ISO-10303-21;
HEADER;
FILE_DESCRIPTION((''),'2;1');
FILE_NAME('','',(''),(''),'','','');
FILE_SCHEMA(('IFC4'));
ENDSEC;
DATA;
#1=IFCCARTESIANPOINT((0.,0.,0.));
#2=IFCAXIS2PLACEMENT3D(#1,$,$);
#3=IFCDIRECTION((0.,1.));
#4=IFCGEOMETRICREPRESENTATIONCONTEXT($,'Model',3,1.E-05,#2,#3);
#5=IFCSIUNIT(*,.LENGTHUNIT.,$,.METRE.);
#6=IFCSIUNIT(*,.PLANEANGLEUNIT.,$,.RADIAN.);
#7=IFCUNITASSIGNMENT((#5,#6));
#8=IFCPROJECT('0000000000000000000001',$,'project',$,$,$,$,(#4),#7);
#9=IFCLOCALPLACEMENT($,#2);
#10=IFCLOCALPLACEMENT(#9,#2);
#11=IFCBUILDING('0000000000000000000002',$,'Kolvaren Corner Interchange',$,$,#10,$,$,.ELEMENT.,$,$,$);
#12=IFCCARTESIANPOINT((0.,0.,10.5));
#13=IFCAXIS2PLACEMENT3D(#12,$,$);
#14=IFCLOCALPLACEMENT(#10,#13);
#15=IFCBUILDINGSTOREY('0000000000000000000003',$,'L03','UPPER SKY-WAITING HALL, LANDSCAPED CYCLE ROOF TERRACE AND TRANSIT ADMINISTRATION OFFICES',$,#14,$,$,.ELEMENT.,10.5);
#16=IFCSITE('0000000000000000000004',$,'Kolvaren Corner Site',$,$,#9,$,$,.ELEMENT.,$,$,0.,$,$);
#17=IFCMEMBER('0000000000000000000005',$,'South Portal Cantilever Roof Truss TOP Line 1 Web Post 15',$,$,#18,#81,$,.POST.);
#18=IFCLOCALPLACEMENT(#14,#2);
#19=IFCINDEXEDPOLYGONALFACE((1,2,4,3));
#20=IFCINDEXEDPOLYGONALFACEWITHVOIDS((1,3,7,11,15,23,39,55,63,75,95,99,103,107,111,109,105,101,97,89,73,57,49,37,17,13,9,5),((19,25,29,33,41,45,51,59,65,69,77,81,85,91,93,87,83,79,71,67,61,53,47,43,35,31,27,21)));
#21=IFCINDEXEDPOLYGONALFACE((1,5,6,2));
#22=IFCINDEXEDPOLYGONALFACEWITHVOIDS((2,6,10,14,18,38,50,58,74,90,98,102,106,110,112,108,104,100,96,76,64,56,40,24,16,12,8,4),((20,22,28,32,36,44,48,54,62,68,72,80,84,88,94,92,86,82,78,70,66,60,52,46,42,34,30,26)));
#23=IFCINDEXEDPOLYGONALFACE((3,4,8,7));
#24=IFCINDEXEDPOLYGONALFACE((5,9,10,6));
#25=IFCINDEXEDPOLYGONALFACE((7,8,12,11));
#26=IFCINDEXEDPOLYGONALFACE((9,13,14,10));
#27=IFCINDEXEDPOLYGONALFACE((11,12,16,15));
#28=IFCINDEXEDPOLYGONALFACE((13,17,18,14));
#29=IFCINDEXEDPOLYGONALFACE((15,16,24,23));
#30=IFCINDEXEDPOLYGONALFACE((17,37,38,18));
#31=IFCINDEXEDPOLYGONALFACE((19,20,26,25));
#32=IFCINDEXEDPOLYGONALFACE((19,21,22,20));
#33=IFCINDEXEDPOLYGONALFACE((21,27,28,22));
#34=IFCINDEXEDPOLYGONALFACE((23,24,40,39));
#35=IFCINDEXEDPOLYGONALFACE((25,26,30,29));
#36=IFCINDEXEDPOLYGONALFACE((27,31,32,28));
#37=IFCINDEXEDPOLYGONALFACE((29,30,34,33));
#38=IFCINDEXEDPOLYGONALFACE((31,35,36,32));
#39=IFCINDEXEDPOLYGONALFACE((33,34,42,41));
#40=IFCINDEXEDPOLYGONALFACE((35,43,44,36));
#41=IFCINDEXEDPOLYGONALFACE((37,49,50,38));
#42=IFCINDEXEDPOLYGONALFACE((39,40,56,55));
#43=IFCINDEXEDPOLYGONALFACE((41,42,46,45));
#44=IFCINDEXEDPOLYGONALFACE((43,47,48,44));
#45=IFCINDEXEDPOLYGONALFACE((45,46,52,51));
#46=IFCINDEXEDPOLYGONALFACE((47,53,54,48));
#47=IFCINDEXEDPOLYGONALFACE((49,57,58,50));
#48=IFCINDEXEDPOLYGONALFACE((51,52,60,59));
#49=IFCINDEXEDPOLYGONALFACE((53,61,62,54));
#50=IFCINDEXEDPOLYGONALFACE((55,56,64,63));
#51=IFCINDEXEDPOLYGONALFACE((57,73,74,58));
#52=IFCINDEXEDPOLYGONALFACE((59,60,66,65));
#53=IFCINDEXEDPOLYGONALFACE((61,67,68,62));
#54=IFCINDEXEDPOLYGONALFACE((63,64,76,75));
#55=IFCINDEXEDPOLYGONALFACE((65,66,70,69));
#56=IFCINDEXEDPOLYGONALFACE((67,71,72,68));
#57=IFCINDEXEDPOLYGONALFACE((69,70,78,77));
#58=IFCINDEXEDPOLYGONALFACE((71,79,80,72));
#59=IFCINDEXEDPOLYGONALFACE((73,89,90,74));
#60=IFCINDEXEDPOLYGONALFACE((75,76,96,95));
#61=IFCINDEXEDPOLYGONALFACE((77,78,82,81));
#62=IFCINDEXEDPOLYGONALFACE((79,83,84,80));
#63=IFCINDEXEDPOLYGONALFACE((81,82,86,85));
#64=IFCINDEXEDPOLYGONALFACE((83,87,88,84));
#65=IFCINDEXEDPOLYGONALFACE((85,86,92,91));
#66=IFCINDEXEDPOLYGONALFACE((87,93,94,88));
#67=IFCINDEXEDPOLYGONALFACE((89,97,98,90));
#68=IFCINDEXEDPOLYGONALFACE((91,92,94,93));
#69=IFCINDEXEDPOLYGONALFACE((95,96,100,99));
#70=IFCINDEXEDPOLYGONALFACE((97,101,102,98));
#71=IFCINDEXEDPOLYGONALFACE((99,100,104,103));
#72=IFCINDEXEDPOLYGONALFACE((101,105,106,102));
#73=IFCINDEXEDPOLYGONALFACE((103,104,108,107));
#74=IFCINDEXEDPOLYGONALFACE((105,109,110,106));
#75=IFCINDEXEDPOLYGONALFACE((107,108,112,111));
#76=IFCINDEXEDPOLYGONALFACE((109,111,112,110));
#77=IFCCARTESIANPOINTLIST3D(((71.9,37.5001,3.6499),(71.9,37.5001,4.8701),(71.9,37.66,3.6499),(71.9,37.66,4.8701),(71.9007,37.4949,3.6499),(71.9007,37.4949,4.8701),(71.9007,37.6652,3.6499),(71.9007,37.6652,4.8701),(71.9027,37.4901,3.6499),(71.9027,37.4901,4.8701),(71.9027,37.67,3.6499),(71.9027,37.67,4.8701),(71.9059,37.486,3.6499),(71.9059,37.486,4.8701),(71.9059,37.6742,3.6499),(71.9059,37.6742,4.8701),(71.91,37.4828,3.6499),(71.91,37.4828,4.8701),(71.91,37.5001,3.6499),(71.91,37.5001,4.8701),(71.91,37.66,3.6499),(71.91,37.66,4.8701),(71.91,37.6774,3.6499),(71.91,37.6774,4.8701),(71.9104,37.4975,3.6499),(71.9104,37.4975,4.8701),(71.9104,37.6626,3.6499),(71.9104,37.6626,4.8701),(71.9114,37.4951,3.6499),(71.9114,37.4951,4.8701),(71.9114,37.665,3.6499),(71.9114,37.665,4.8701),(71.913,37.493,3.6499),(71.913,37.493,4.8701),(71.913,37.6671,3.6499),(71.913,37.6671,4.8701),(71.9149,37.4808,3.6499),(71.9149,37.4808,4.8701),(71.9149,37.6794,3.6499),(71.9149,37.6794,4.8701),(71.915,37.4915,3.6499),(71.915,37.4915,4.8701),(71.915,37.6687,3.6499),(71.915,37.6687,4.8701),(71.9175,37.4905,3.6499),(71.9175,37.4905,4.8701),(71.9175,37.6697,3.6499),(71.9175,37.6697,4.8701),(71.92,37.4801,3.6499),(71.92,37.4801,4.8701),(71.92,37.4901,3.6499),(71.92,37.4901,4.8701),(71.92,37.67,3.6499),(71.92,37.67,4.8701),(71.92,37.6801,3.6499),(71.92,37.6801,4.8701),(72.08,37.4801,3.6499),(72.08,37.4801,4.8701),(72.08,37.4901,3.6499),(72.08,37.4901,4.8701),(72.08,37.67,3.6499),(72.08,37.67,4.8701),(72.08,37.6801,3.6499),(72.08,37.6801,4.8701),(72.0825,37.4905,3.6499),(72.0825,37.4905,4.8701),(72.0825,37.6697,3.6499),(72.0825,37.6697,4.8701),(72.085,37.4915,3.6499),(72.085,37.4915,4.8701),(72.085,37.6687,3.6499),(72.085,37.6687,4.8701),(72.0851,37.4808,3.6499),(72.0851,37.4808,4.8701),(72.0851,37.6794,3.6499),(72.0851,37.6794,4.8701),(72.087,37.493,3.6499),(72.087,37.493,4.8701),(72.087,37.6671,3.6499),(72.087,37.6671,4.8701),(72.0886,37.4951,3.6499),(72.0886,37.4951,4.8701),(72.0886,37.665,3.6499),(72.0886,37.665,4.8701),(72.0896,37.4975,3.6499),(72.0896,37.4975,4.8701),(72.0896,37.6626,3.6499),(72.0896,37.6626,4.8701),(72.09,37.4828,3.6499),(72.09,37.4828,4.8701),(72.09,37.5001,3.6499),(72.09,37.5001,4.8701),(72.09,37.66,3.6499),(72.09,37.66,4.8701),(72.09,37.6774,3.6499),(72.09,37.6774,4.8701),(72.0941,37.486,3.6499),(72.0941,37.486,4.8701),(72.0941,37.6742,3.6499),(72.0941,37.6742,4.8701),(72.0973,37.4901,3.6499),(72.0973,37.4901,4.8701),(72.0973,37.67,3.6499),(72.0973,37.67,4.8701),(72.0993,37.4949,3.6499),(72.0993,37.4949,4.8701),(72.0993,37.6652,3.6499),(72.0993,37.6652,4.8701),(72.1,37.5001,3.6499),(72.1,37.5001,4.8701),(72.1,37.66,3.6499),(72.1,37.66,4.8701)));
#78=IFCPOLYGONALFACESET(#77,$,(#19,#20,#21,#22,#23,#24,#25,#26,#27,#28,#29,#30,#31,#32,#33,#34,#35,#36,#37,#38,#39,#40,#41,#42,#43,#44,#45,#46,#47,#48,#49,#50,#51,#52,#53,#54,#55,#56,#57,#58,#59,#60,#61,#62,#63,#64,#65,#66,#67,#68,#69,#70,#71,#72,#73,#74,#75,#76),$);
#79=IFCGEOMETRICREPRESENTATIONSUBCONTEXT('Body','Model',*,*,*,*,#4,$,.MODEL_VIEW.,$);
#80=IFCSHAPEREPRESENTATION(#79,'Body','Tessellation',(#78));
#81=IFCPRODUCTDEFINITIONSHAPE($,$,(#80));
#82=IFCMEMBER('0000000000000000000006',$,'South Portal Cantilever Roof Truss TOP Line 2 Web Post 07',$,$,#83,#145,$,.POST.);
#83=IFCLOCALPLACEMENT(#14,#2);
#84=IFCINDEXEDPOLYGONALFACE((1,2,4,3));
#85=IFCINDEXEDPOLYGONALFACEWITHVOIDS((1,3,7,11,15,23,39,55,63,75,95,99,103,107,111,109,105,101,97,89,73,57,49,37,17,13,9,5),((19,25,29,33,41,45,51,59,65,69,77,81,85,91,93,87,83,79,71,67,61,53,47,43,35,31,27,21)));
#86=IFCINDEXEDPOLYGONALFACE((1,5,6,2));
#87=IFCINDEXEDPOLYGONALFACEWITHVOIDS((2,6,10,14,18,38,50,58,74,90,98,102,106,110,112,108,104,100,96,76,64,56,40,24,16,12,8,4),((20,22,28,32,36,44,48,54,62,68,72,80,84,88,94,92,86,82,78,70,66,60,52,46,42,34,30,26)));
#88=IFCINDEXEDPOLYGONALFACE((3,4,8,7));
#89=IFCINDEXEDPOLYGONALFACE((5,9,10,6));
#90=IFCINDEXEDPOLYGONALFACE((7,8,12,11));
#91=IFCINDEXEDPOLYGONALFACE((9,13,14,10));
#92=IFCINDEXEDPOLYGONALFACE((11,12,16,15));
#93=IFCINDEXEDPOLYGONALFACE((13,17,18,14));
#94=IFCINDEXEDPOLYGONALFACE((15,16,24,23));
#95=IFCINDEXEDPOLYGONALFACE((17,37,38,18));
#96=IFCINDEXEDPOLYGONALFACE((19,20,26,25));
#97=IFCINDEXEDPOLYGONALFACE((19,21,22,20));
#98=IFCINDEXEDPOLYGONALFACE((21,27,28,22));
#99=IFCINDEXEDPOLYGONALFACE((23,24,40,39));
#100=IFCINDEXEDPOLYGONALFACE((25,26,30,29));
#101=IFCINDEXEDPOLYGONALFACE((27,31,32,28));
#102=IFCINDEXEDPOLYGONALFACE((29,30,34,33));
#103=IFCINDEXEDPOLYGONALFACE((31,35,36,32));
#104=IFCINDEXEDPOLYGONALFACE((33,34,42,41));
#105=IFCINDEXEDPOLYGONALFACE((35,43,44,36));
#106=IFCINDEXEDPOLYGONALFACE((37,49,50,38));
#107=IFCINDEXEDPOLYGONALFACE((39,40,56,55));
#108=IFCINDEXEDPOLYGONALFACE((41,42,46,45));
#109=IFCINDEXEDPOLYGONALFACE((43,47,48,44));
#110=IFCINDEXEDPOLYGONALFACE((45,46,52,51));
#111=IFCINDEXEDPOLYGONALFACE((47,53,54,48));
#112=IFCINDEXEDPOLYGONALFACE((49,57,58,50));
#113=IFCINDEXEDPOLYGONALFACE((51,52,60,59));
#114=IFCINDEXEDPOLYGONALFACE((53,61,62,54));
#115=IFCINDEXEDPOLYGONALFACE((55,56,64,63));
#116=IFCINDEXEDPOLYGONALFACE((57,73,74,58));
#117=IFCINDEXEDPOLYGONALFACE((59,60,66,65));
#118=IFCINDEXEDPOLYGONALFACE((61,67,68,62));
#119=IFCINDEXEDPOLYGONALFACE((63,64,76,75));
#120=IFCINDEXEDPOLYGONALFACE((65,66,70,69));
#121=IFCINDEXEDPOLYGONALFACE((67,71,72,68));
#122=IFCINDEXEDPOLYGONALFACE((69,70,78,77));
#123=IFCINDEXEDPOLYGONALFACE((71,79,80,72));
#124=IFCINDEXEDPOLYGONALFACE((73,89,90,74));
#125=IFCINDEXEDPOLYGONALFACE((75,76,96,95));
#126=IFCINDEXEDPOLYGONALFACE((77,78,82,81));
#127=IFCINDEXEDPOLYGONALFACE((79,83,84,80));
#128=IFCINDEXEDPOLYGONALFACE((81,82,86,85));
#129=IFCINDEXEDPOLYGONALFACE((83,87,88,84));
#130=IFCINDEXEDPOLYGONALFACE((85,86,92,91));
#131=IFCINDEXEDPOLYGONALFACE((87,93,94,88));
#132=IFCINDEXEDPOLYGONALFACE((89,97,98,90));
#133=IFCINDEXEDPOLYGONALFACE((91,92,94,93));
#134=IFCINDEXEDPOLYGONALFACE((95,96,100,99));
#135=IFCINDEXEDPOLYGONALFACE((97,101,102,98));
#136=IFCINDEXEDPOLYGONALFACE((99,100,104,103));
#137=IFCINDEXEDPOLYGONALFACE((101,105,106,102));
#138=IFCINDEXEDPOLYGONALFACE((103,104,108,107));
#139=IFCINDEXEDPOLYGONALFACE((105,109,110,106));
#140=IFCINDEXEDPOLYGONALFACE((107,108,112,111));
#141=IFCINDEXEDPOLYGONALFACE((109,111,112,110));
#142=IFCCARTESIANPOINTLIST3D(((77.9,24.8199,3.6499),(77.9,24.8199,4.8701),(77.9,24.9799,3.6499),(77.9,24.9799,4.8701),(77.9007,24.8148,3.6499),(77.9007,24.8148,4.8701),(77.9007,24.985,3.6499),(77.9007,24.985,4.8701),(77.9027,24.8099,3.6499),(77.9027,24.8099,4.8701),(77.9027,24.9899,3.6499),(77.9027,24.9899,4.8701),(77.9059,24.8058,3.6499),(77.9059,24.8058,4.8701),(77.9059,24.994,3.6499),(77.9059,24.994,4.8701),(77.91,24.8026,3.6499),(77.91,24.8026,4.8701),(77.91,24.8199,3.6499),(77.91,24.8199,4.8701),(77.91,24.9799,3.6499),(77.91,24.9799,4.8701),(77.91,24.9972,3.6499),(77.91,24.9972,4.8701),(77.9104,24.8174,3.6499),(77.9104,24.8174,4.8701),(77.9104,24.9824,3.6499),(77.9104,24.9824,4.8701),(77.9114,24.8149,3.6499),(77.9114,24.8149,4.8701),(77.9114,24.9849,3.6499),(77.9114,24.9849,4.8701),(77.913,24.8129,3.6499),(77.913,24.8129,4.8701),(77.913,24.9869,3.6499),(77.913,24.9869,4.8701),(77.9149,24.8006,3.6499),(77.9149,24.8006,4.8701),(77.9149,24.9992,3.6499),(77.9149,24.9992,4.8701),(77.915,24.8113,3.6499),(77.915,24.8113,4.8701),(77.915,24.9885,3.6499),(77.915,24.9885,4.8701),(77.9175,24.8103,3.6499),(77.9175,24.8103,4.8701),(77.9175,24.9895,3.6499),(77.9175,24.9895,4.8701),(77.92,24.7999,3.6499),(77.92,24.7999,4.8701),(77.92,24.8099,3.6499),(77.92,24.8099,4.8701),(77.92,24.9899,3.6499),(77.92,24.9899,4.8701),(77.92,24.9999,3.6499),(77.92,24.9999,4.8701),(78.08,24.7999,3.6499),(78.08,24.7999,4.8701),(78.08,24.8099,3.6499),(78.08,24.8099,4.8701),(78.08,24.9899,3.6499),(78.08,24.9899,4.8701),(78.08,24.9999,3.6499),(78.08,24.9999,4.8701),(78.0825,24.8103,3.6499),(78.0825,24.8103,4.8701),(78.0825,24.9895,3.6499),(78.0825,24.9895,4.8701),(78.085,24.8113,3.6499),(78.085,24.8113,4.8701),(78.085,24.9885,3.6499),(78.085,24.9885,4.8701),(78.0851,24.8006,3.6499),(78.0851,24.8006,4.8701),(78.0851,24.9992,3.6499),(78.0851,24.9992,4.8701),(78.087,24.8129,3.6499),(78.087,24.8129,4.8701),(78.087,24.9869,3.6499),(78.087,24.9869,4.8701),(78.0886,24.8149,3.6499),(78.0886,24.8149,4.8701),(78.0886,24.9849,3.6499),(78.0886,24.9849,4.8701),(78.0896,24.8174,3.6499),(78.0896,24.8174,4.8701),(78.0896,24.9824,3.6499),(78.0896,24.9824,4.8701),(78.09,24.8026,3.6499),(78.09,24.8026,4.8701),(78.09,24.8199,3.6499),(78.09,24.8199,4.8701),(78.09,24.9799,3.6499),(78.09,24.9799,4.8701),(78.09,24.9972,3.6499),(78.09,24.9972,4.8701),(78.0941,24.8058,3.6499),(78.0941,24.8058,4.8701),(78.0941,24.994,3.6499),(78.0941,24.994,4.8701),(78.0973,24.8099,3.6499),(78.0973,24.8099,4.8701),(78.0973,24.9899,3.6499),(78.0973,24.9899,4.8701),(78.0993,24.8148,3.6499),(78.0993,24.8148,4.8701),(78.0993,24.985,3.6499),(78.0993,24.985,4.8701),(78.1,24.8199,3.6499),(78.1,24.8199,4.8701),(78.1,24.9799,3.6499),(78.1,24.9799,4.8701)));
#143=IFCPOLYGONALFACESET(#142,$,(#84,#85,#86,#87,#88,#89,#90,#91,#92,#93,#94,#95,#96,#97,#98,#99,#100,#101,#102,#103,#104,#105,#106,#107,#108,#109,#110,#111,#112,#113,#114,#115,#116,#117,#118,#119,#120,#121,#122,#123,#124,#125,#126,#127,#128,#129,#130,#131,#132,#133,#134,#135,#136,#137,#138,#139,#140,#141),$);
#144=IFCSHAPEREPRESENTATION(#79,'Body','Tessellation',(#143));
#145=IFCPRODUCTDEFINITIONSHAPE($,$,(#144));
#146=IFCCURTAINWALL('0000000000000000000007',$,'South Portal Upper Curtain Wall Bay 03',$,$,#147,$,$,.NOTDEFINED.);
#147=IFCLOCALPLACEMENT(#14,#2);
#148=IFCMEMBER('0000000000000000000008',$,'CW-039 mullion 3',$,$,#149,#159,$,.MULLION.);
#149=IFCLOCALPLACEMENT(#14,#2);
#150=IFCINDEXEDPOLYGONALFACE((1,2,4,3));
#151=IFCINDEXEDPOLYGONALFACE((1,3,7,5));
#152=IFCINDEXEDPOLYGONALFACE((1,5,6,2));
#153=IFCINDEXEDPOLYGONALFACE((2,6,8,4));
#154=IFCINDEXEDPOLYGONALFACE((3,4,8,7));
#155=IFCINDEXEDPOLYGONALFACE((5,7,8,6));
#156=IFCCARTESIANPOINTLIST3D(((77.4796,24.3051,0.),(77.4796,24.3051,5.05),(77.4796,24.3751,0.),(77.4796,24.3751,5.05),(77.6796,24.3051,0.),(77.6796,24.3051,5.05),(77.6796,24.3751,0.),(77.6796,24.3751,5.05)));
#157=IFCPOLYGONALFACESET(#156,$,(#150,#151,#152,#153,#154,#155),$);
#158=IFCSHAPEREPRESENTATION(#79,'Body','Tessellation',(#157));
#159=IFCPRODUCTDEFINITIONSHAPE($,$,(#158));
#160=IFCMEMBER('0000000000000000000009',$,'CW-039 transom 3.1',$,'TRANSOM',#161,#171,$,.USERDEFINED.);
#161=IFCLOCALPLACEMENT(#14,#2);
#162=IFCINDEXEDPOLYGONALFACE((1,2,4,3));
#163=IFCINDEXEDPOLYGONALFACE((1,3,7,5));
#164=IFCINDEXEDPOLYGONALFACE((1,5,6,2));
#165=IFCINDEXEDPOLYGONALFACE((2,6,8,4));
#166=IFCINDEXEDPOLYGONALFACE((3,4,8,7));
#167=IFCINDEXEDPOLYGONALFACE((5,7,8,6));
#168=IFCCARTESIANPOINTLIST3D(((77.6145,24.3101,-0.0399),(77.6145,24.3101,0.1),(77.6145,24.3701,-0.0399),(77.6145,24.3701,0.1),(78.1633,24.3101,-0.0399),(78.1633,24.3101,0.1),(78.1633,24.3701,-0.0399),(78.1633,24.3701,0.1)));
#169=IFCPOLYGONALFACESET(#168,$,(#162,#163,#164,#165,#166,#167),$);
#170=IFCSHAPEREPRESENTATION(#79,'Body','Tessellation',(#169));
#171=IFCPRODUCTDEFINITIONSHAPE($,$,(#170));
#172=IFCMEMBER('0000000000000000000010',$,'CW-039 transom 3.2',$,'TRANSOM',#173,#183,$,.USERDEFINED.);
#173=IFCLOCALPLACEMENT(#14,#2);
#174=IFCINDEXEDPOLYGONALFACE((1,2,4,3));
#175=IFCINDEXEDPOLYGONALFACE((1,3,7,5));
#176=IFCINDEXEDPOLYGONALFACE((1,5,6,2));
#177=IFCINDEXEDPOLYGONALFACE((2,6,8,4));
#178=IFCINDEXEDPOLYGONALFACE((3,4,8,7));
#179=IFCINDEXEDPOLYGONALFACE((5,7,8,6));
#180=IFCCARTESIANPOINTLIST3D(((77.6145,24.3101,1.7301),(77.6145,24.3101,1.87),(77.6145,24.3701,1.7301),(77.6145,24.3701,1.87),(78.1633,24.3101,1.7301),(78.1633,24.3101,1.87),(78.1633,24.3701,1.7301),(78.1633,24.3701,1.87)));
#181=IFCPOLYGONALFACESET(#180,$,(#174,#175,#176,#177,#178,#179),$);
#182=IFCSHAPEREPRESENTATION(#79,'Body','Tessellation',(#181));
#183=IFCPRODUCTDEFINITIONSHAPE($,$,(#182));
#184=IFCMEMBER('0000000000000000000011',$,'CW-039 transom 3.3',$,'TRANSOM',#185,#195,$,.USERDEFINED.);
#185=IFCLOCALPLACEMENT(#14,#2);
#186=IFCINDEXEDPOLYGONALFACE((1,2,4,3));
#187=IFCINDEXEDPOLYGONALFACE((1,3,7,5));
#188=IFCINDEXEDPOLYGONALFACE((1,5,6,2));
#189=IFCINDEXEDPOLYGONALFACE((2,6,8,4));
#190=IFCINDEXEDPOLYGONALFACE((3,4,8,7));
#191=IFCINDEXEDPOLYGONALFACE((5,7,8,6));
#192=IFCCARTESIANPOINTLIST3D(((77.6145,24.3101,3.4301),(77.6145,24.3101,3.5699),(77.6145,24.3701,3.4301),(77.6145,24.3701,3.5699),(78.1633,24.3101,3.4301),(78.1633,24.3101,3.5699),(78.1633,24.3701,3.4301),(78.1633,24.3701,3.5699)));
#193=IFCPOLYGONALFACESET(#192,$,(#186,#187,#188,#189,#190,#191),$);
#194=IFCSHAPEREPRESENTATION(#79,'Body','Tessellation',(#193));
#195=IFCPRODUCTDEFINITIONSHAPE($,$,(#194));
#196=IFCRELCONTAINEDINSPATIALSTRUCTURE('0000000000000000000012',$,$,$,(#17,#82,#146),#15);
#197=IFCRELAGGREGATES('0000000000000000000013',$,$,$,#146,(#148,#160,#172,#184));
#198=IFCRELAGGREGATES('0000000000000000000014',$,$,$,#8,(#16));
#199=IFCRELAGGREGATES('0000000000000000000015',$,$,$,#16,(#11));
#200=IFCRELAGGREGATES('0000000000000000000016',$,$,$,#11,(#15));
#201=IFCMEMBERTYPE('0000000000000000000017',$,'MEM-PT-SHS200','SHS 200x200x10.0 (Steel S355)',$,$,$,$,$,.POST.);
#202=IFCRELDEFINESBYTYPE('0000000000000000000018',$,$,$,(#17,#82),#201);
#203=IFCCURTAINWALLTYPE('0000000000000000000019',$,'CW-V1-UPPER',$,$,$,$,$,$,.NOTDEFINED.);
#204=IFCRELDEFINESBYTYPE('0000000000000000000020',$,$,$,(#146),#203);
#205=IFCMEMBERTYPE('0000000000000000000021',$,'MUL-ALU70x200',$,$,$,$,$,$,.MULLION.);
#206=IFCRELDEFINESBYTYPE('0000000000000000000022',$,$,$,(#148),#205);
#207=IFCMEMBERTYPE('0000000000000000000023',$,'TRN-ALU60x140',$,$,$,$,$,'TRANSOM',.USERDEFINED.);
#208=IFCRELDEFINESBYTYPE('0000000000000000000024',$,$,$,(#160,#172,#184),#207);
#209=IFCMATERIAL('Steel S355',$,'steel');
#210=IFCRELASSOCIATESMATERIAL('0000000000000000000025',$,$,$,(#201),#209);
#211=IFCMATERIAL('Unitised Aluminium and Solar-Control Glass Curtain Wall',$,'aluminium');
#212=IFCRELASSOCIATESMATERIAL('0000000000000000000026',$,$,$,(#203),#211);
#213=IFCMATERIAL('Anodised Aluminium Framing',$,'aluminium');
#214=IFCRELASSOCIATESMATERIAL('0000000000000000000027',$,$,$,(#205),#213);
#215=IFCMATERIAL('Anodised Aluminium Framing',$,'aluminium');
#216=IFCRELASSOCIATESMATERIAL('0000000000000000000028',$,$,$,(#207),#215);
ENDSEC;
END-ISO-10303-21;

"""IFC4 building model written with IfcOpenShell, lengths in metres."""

from ifc_helpers import new_model, si_unit, direction, frame, origin, origin_2d, place, context, subcontext, project, spatial, rectangle, hollow_rectangle, extrude, material, material_profile, profile_set, type_object, element, aggregate, save


model = new_model("IFC4")

# Units and contexts
model_context = context("Model", 3, precision=1e-05, world=origin(), true_north=direction((0.0, 1.0)))
body_context = subcontext(model_context, "Body", "Model", "MODEL_VIEW")
ifc_project = project(units=[si_unit("LENGTHUNIT", "METRE"), si_unit("PLANEANGLEUNIT", "RADIAN")], contexts=[model_context])

# Site, building, storey
site_placement = place(None, origin())
site = spatial("IfcSite", under=ifc_project, at=site_placement, Name="Kolvaren Corner Site", CompositionType="ELEMENT", RefElevation=0.0)
building_placement = place(site_placement, origin())
building = spatial("IfcBuilding", under=site, at=building_placement, Name="Kolvaren Corner Interchange", CompositionType="ELEMENT")
storey_placement = place(building_placement, frame((0.0, 0.0, 10.5)))
storey = spatial("IfcBuildingStorey", under=building, at=storey_placement, Name="L03", Description="UPPER SKY-WAITING HALL, LANDSCAPED CYCLE ROOF TERRACE AND TRANSIT ADMINISTRATION OFFICES", CompositionType="ELEMENT", Elevation=10.5)

# Members
ifc_material_1 = material(Name="Steel S355", Category="steel")
ifc_material_profile_1 = material_profile(ifc_material_1, hollow_rectangle(XDim=0.2, YDim=0.2, WallThickness=0.01, InnerFilletRadius=0.01, OuterFilletRadius=0.02, at=origin_2d()), Name="SHS 200x200x10.0")
ifc_profile_set_1 = profile_set([ifc_material_profile_1], Name="Steel S355")
member_type_1 = type_object("IfcMemberType", Name="MEM-PT-SHS200", Description="SHS 200x200x10.0 (Steel S355)", PredefinedType="POST", material=ifc_profile_set_1)
for number, where, z_axis, x_axis, name in (
    (1, (72.0, 37.5801, 3.6499), (0.0, 0.0, 1.0), (1.0, 0.0, 0.0), "South Portal Cantilever Roof Truss TOP Line 1 Web Post 15"),
    (2, (78.0, 24.8999, 3.6499), (0.0, 0.0, 1.0), (1.0, 0.0, 0.0), "South Portal Cantilever Roof Truss TOP Line 2 Web Post 07"),
):
    element("IfcMember", number, at=place(storey_placement, frame(where, z_axis=z_axis, x_axis=x_axis)), inside=storey, type_object=member_type_1, Name=name, PredefinedType="POST", context=body_context, shape_type="SweptSolid", body=[
        extrude(hollow_rectangle(XDim=0.2, YDim=0.2, WallThickness=0.01, InnerFilletRadius=0.01, OuterFilletRadius=0.02, at=origin_2d()), origin(), (0.0, 0.0, 1.0), 1.2202),
    ])

# Curtain wall, members
ifc_material_2 = material(Name="Unitised Aluminium and Solar-Control Glass Curtain Wall", Category="aluminium")
curtain_wall_type = type_object("IfcCurtainWallType", Name="CW-V1-UPPER", PredefinedType="NOTDEFINED", material=ifc_material_2)
curtain_wall_placement = place(storey_placement, origin())
curtain_wall = element("IfcCurtainWall", 3, at=curtain_wall_placement, inside=storey, type_object=curtain_wall_type, Name="South Portal Upper Curtain Wall Bay 03", PredefinedType="NOTDEFINED")
ifc_material_3 = material(Name="Anodised Aluminium Framing", Category="aluminium")
ifc_material_profile_2 = material_profile(ifc_material_3, rectangle(XDim=0.0701, YDim=0.2, at=origin_2d()), Name="ALU 70x200")
ifc_profile_set_2 = profile_set([ifc_material_profile_2], Name="Anodised Aluminium Framing")
member_type_2 = type_object("IfcMemberType", Name="MUL-ALU70x200", PredefinedType="MULLION", material=ifc_profile_set_2)
member_1_placement = place(storey_placement, frame((77.5796, 24.3401, 0.0), z_axis=(0.0, 0.0, 1.0), x_axis=(0.0, 1.0, 0.0)))
member_1 = element("IfcMember", 4, at=member_1_placement, type_object=member_type_2, Name="CW-039 mullion 3", PredefinedType="MULLION", context=body_context, shape_type="SweptSolid", body=[
    extrude(rectangle(XDim=0.0701, YDim=0.2, at=origin_2d()), origin(), (0.0, 0.0, 1.0), 5.05),
])
ifc_material_4 = material(Name="Anodised Aluminium Framing", Category="aluminium")
ifc_material_profile_3 = material_profile(ifc_material_4, rectangle(XDim=0.0601, YDim=0.1399, at=origin_2d()), Name="ALU 60x140")
ifc_profile_set_3 = profile_set([ifc_material_profile_3], Name="Anodised Aluminium Framing")
member_type_3 = type_object("IfcMemberType", Name="TRN-ALU60x140", ElementType="TRANSOM", PredefinedType="USERDEFINED", material=ifc_profile_set_3)
member_2_placement = place(storey_placement, frame((77.6145, 24.3401, 0.03), z_axis=(1.0, 0.0, 0.0), x_axis=(0.0, 1.0, 0.0)))
member_2 = element("IfcMember", 5, at=member_2_placement, type_object=member_type_3, Name="CW-039 transom 3.1", ObjectType="TRANSOM", PredefinedType="USERDEFINED", context=body_context, shape_type="SweptSolid", body=[
    extrude(rectangle(XDim=0.0601, YDim=0.1399, at=origin_2d()), origin(), (0.0, 0.0, 1.0), 0.5488),
])
member_3_placement = place(storey_placement, frame((77.6145, 24.3401, 1.8), z_axis=(1.0, 0.0, 0.0), x_axis=(0.0, 1.0, 0.0)))
member_3 = element("IfcMember", 6, at=member_3_placement, type_object=member_type_3, Name="CW-039 transom 3.2", ObjectType="TRANSOM", PredefinedType="USERDEFINED", context=body_context, shape_type="SweptSolid", body=[
    extrude(rectangle(XDim=0.0601, YDim=0.1399, at=origin_2d()), origin(), (0.0, 0.0, 1.0), 0.5488),
])
member_4_placement = place(storey_placement, frame((77.6145, 24.3401, 3.5), z_axis=(1.0, 0.0, 0.0), x_axis=(0.0, 1.0, 0.0)))
member_4 = element("IfcMember", 7, at=member_4_placement, type_object=member_type_3, Name="CW-039 transom 3.3", ObjectType="TRANSOM", PredefinedType="USERDEFINED", context=body_context, shape_type="SweptSolid", body=[
    extrude(rectangle(XDim=0.0601, YDim=0.1399, at=origin_2d()), origin(), (0.0, 0.0, 1.0), 0.5488),
])
aggregate(curtain_wall, [member_1, member_2, member_3, member_4])

save(model, "model.ifc")
